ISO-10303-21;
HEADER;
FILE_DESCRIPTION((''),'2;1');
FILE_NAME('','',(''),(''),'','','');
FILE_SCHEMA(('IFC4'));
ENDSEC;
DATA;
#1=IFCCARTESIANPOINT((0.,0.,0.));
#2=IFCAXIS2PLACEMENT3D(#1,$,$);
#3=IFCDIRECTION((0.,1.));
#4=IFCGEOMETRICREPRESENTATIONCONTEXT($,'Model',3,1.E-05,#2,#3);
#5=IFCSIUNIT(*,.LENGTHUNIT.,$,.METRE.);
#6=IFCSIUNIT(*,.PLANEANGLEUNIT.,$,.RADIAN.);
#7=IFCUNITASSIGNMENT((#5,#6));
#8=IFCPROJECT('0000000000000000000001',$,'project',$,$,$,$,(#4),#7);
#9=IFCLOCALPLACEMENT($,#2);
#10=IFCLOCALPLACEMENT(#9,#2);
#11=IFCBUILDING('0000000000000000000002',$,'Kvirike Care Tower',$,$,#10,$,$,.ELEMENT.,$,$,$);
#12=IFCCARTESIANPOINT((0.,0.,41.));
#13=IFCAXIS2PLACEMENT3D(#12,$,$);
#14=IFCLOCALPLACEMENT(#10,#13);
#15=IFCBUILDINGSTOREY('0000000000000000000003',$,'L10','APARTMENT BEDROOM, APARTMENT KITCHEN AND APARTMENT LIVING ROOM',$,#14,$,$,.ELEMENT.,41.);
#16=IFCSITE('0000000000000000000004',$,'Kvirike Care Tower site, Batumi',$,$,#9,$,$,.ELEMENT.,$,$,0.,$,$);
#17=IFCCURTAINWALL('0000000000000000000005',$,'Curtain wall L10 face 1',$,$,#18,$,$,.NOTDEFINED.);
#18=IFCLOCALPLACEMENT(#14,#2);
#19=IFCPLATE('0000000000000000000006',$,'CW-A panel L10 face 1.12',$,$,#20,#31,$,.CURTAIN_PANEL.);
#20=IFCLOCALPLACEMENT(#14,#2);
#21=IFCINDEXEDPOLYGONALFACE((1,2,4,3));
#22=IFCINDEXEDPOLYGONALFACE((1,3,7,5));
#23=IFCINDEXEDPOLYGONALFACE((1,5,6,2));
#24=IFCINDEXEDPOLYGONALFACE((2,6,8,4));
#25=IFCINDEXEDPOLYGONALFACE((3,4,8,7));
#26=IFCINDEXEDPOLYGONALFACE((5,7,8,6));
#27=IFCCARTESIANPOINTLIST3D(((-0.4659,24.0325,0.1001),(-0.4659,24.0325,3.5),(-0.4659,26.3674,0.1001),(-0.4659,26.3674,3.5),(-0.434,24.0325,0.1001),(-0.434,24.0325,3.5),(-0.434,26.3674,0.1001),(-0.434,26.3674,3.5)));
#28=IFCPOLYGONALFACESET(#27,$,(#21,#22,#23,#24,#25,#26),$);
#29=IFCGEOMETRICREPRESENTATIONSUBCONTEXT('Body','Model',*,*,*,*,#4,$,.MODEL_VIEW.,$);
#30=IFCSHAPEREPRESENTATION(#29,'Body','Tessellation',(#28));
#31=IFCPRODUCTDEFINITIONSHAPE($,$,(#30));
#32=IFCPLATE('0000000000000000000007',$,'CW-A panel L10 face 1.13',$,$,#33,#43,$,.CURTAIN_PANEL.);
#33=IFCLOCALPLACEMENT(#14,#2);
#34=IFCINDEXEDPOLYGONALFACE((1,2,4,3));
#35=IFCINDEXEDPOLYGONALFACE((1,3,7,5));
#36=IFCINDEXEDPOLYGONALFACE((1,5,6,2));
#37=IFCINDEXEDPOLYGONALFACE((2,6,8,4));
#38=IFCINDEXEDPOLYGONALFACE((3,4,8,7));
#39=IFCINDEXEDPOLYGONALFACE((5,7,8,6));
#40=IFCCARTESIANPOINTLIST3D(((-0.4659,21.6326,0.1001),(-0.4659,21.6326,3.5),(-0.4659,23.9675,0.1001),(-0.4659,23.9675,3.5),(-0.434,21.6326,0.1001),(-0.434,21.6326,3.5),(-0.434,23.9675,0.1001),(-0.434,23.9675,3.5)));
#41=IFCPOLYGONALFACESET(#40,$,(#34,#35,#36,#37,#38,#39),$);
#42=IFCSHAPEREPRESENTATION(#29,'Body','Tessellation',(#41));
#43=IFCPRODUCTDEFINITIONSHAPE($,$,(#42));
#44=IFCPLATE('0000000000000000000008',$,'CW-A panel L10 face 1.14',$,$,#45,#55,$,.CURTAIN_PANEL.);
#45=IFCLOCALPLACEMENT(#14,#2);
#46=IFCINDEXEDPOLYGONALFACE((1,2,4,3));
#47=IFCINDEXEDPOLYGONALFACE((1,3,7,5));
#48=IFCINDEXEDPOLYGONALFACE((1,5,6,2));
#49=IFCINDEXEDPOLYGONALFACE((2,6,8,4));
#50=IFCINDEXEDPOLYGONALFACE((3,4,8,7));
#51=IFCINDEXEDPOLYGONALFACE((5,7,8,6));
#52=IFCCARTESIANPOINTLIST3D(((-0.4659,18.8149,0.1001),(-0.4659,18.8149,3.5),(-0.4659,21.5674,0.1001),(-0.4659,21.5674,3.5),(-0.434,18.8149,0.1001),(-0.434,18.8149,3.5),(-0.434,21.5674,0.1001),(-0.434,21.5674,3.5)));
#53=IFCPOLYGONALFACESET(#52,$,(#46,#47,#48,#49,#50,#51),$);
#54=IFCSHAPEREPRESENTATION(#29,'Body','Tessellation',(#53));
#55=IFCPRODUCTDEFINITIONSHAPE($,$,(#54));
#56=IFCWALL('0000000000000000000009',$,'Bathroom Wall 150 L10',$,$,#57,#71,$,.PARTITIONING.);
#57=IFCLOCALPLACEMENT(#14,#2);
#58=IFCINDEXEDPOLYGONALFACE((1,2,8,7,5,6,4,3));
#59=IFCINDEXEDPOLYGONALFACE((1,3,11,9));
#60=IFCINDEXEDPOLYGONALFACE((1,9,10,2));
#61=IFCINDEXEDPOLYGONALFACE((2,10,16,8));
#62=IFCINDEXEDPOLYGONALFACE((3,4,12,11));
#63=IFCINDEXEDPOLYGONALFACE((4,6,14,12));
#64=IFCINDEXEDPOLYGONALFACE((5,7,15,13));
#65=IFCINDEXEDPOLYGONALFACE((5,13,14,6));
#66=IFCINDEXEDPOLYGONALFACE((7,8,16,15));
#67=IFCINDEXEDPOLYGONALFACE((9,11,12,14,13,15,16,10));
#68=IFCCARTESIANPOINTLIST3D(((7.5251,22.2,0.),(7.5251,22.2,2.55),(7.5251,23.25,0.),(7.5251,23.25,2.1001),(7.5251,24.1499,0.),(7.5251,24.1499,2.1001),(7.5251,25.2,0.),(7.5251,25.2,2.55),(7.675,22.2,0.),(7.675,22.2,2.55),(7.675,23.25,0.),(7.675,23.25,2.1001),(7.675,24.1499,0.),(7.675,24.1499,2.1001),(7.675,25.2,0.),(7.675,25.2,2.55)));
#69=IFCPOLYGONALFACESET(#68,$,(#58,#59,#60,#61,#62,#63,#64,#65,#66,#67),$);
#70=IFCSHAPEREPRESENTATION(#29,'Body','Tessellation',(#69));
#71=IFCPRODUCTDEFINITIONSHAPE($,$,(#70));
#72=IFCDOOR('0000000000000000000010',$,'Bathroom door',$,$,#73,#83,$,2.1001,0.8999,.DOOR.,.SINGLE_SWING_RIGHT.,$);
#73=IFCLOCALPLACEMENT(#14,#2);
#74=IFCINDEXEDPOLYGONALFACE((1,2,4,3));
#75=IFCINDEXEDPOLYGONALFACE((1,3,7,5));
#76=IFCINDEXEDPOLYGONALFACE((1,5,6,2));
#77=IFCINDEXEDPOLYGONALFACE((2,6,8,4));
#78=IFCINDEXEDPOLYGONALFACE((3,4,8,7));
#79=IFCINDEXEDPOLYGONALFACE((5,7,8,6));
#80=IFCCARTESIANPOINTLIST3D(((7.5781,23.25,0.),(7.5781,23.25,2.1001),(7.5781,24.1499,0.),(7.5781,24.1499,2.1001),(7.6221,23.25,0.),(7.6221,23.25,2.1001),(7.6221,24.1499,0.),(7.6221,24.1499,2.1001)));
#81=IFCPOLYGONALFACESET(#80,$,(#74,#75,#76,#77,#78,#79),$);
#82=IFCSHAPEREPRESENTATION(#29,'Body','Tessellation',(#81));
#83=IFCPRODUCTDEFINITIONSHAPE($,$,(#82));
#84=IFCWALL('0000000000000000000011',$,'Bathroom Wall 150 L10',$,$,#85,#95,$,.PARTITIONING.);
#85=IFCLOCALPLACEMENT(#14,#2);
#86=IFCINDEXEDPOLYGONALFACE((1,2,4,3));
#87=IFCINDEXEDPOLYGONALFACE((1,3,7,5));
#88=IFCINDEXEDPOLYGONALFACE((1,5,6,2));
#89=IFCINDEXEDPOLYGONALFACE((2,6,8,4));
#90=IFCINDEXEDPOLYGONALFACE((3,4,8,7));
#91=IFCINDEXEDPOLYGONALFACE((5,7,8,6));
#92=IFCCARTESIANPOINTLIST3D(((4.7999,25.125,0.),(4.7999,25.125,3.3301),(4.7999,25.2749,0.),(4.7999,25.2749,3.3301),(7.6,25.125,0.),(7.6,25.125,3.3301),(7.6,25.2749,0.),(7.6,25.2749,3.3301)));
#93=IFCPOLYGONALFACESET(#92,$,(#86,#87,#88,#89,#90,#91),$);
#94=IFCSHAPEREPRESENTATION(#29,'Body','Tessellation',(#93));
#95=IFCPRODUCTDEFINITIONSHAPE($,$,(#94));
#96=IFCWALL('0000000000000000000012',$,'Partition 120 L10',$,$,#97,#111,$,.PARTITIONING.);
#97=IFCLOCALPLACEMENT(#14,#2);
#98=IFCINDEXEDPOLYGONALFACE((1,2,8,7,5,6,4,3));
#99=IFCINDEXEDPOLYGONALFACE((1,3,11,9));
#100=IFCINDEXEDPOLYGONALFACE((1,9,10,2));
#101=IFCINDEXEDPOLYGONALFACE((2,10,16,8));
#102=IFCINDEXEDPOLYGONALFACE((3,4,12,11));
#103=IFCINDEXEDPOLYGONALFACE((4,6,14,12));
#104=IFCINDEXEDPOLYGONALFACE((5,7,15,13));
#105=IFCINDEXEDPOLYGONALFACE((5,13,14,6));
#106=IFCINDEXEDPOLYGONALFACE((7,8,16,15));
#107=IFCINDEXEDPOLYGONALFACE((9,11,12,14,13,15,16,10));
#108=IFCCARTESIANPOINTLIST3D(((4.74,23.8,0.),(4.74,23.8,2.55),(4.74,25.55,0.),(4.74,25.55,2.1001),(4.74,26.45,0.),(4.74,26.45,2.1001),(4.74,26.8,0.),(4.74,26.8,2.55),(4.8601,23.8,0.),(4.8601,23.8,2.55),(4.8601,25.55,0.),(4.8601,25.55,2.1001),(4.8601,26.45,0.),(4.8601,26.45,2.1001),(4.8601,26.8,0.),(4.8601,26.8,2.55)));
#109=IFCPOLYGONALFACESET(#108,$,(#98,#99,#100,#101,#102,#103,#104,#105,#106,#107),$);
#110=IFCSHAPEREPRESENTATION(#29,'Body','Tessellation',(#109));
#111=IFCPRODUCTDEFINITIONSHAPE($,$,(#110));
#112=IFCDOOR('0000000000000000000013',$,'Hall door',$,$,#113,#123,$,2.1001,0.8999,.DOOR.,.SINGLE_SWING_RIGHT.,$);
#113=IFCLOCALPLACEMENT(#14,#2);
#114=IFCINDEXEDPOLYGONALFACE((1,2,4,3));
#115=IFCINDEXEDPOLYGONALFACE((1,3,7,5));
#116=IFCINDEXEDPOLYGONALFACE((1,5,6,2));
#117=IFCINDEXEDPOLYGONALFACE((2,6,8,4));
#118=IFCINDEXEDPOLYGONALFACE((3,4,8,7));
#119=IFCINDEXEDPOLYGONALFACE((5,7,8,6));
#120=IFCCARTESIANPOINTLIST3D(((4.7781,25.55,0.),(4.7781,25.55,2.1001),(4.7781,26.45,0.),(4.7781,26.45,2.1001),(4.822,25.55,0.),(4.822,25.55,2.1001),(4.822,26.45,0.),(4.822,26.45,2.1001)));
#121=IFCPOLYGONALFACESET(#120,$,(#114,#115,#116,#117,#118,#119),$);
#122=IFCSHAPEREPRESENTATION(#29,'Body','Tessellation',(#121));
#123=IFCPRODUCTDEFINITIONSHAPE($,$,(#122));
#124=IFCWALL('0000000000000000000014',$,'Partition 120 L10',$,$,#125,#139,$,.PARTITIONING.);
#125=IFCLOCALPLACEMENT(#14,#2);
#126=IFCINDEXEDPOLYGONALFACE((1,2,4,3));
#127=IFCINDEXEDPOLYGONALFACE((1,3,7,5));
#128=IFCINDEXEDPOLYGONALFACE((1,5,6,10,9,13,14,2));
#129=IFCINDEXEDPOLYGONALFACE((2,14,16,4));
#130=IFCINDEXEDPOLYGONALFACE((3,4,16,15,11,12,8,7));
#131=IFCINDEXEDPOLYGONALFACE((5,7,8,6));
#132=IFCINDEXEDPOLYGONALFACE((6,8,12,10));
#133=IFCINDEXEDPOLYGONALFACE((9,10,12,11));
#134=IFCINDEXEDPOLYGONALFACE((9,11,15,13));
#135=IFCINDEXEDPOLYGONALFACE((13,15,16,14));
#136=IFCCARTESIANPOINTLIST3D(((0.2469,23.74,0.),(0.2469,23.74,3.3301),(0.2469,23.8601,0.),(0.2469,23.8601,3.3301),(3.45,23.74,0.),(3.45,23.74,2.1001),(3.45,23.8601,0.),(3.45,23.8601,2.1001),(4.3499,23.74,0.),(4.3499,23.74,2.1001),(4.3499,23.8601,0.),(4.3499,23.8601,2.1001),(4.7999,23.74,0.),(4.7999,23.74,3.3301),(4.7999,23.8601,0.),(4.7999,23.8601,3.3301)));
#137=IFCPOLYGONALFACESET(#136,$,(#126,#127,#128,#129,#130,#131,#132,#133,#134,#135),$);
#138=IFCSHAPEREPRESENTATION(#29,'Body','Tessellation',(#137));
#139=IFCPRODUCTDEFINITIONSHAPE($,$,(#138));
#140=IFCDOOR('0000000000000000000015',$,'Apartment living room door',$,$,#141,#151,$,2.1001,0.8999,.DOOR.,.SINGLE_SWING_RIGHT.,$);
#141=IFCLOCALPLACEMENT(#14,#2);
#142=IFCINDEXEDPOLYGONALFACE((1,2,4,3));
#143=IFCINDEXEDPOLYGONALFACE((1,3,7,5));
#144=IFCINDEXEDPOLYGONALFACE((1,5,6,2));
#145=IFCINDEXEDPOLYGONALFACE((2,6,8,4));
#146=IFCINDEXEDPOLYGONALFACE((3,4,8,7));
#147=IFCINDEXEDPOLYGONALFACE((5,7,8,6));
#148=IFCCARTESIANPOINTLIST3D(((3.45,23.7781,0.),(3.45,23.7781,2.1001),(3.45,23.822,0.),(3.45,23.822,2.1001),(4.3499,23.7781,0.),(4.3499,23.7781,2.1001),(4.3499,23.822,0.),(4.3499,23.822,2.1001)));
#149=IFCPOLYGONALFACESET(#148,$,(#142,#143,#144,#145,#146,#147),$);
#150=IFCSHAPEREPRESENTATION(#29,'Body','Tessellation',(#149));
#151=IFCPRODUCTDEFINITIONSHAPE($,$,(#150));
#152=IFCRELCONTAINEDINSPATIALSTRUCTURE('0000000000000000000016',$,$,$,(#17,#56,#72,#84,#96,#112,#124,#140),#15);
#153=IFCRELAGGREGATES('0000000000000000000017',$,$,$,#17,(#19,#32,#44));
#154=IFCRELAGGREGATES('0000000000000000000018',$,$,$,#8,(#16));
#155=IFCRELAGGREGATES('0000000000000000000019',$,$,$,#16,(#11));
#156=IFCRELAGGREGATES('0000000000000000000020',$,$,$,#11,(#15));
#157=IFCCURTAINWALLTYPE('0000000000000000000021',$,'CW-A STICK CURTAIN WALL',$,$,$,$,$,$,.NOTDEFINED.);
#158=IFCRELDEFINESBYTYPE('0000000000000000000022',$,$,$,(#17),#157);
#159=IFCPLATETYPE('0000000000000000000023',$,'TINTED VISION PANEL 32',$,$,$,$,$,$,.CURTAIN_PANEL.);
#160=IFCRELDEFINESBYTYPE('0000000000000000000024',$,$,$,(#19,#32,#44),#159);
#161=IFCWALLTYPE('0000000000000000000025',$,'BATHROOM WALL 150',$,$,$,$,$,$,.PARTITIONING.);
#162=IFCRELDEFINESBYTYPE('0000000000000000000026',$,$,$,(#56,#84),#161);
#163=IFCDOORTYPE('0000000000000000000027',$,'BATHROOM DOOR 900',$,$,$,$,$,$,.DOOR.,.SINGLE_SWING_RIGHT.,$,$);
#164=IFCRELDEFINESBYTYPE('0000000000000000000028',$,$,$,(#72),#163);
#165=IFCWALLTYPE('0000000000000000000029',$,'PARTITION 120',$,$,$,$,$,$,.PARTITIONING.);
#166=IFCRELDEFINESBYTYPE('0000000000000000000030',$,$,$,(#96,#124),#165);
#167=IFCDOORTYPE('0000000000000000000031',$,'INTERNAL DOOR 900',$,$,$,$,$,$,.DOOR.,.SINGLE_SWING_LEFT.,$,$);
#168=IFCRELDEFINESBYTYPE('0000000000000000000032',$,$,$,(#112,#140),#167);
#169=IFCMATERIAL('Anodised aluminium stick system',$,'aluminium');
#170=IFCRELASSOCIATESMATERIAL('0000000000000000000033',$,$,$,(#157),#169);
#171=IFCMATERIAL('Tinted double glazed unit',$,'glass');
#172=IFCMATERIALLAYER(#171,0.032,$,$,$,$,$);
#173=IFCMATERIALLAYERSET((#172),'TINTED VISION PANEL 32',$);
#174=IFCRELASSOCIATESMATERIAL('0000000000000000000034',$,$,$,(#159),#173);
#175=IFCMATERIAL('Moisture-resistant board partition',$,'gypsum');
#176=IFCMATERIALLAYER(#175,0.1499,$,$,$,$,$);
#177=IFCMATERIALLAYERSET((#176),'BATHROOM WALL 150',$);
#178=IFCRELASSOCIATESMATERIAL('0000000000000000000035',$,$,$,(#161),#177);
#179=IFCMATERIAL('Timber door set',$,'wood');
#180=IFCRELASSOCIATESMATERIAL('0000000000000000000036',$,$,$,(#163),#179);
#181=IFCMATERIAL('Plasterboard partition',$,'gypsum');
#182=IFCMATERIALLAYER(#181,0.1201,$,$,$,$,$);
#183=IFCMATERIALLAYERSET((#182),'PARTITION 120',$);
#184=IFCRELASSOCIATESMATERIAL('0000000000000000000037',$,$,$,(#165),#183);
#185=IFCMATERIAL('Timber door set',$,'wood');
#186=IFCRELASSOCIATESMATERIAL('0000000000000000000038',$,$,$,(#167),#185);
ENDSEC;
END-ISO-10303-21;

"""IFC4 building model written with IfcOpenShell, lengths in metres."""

from ifc_helpers import new_model, si_unit, direction, frame, frame_2d, origin, origin_2d, place, context, subcontext, project, spatial, rectangle, extrude, material, layer, layer_set, type_object, element, fill, aggregate, save


model = new_model("IFC4")

# Units and contexts
model_context = context("Model", 3, precision=1e-05, world=origin(), true_north=direction((0.0, 1.0)))
body_context = subcontext(model_context, "Body", "Model", "MODEL_VIEW")
ifc_project = project(units=[si_unit("LENGTHUNIT", "METRE"), si_unit("PLANEANGLEUNIT", "RADIAN")], contexts=[model_context])

# Site, building, storey
site_placement = place(None, origin())
site = spatial("IfcSite", under=ifc_project, at=site_placement, Name="Kvirike Care Tower site, Batumi", CompositionType="ELEMENT", RefElevation=0.0)
building_placement = place(site_placement, origin())
building = spatial("IfcBuilding", under=site, at=building_placement, Name="Kvirike Care Tower", CompositionType="ELEMENT")
storey_placement = place(building_placement, frame((0.0, 0.0, 41.0)))
storey = spatial("IfcBuildingStorey", under=building, at=storey_placement, Name="L10", Description="APARTMENT BEDROOM, APARTMENT KITCHEN AND APARTMENT LIVING ROOM", CompositionType="ELEMENT", Elevation=41.0)

# Curtain wall
ifc_material_1 = material(Name="Anodised aluminium stick system", Category="aluminium")
curtain_wall_type = type_object("IfcCurtainWallType", Name="CW-A STICK CURTAIN WALL", PredefinedType="NOTDEFINED", material=ifc_material_1)
curtain_wall_placement = place(storey_placement, origin())
curtain_wall = element("IfcCurtainWall", 1, at=curtain_wall_placement, inside=storey, type_object=curtain_wall_type, Name="Curtain wall L10 face 1", PredefinedType="NOTDEFINED")

# Plates
ifc_material_2 = material(Name="Tinted double glazed unit", Category="glass")
ifc_layer_1 = layer(ifc_material_2, 0.032)
ifc_layer_set_1 = layer_set([ifc_layer_1], Name="TINTED VISION PANEL 32")
plate_type = type_object("IfcPlateType", Name="TINTED VISION PANEL 32", PredefinedType="CURTAIN_PANEL", material=ifc_layer_set_1)
plate_1_placement = place(storey_placement, frame((-0.45, 25.2, 0.1001), z_axis=(0.0, 0.0, 1.0), x_axis=(0.0, -1.0, 0.0)))
plate_1 = element("IfcPlate", 2, at=plate_1_placement, type_object=plate_type, Name="CW-A panel L10 face 1.12", PredefinedType="CURTAIN_PANEL", context=body_context, shape_type="SweptSolid", body=[
    extrude(rectangle(XDim=2.335, YDim=0.032, at=origin_2d()), origin(), (0.0, 0.0, 1.0), 3.3999),
])
plate_2_placement = place(storey_placement, frame((-0.45, 22.8, 0.1001), z_axis=(0.0, 0.0, 1.0), x_axis=(0.0, -1.0, 0.0)))
plate_2 = element("IfcPlate", 3, at=plate_2_placement, type_object=plate_type, Name="CW-A panel L10 face 1.13", PredefinedType="CURTAIN_PANEL", context=body_context, shape_type="SweptSolid", body=[
    extrude(rectangle(XDim=2.335, YDim=0.032, at=origin_2d()), origin(), (0.0, 0.0, 1.0), 3.3999),
])
plate_3_placement = place(storey_placement, frame((-0.45, 20.1912, 0.1001), z_axis=(0.0, 0.0, 1.0), x_axis=(0.0, -1.0, 0.0)))
plate_3 = element("IfcPlate", 4, at=plate_3_placement, type_object=plate_type, Name="CW-A panel L10 face 1.14", PredefinedType="CURTAIN_PANEL", context=body_context, shape_type="SweptSolid", body=[
    extrude(rectangle(XDim=2.7524, YDim=0.032, at=origin_2d()), origin(), (0.0, 0.0, 1.0), 3.3999),
])
aggregate(curtain_wall, [plate_1, plate_2, plate_3])

# Wall, opening, door
ifc_material_3 = material(Name="Moisture-resistant board partition", Category="gypsum")
ifc_layer_2 = layer(ifc_material_3, 0.1499)
ifc_layer_set_2 = layer_set([ifc_layer_2], Name="BATHROOM WALL 150")
wall_type_1 = type_object("IfcWallType", Name="BATHROOM WALL 150", PredefinedType="PARTITIONING", material=ifc_layer_set_2)
wall_1_placement = place(storey_placement, frame((7.6001, 22.2, 0.0), z_axis=(0.0, 0.0, 1.0), x_axis=(0.0, 1.0, 0.0)))
wall_1 = element("IfcWall", 5, at=wall_1_placement, inside=storey, type_object=wall_type_1, Name="Bathroom Wall 150 L10", PredefinedType="PARTITIONING", context=body_context, shape_type="SweptSolid", body=[
    extrude(rectangle(XDim=3.0, YDim=0.1499, at=frame_2d((1.5, 0.0))), origin(), (0.0, 0.0, 1.0), 2.55),
])
opening_1_placement = place(wall_1_placement, frame((1.05, 0.0, 0.0)))
opening_1 = element("IfcOpeningElement", 6, at=opening_1_placement, cuts=wall_1, PredefinedType="OPENING", context=body_context, shape_type="SweptSolid", body=[
    extrude(rectangle(XDim=0.8999, YDim=2.1001, at=frame_2d((0.45, 1.05))), frame((0.0, 0.0854, 0.0), z_axis=(0.0, -1.0, 0.0), x_axis=(1.0, 0.0, 0.0)), (0.0, 0.0, 1.0), 0.1709),
])
ifc_material_4 = material(Name="Timber door set", Category="wood")
door_type_1 = type_object("IfcDoorType", Name="BATHROOM DOOR 900", OperationType="SINGLE_SWING_RIGHT", PredefinedType="DOOR", material=ifc_material_4)
door_1_placement = place(opening_1_placement, origin())
door_1 = element("IfcDoor", 7, at=door_1_placement, inside=storey, type_object=door_type_1, Name="Bathroom door", OperationType="SINGLE_SWING_RIGHT", OverallHeight=2.1001, OverallWidth=0.8999, PredefinedType="DOOR", context=body_context, shape_type="SweptSolid", body=[
    extrude(rectangle(XDim=0.8999, YDim=2.1001, at=frame_2d((0.45, 1.05))), frame((0.0, 0.022, 0.0), z_axis=(0.0, -1.0, 0.0), x_axis=(1.0, 0.0, 0.0)), (0.0, 0.0, 1.0), 0.0439),
])
fill(opening_1, door_1)

# Wall
wall_2_placement = place(storey_placement, frame((4.8, 25.2, 0.0), z_axis=(0.0, 0.0, 1.0), x_axis=(1.0, 0.0, 0.0)))
element("IfcWall", 8, at=wall_2_placement, inside=storey, type_object=wall_type_1, Name="Bathroom Wall 150 L10", PredefinedType="PARTITIONING", context=body_context, shape_type="SweptSolid", body=[
    extrude(rectangle(XDim=2.8, YDim=0.1499, at=frame_2d((1.3999, 0.0))), origin(), (0.0, 0.0, 1.0), 3.3301),
])

# Walls, openings, doors
ifc_material_5 = material(Name="Plasterboard partition", Category="gypsum")
ifc_layer_3 = layer(ifc_material_5, 0.1201)
ifc_layer_set_3 = layer_set([ifc_layer_3], Name="PARTITION 120")
wall_type_2 = type_object("IfcWallType", Name="PARTITION 120", PredefinedType="PARTITIONING", material=ifc_layer_set_3)
wall_3_placement = place(storey_placement, frame((4.8, 23.8, 0.0), z_axis=(0.0, 0.0, 1.0), x_axis=(0.0, 1.0, 0.0)))
wall_3 = element("IfcWall", 9, at=wall_3_placement, inside=storey, type_object=wall_type_2, Name="Partition 120 L10", PredefinedType="PARTITIONING", context=body_context, shape_type="SweptSolid", body=[
    extrude(rectangle(XDim=3.0, YDim=0.1201, at=frame_2d((1.5, 0.0))), origin(), (0.0, 0.0, 1.0), 2.55),
])
opening_2_placement = place(wall_3_placement, frame((1.75, 0.0, 0.0)))
opening_2 = element("IfcOpeningElement", 10, at=opening_2_placement, cuts=wall_3, PredefinedType="OPENING", context=body_context, shape_type="SweptSolid", body=[
    extrude(rectangle(XDim=0.8999, YDim=2.1001, at=frame_2d((0.45, 1.05))), frame((0.0, 0.0706, 0.0), z_axis=(0.0, -1.0, 0.0), x_axis=(1.0, 0.0, 0.0)), (0.0, 0.0, 1.0), 0.1411),
])
ifc_material_6 = material(Name="Timber door set", Category="wood")
door_type_2 = type_object("IfcDoorType", Name="INTERNAL DOOR 900", OperationType="SINGLE_SWING_LEFT", PredefinedType="DOOR", material=ifc_material_6)
door_2_placement = place(opening_2_placement, origin())
door_2 = element("IfcDoor", 11, at=door_2_placement, inside=storey, type_object=door_type_2, Name="Hall door", OperationType="SINGLE_SWING_RIGHT", OverallHeight=2.1001, OverallWidth=0.8999, PredefinedType="DOOR", context=body_context, shape_type="SweptSolid", body=[
    extrude(rectangle(XDim=0.8999, YDim=2.1001, at=frame_2d((0.45, 1.05))), frame((0.0, 0.022, 0.0), z_axis=(0.0, -1.0, 0.0), x_axis=(1.0, 0.0, 0.0)), (0.0, 0.0, 1.0), 0.0439),
])
fill(opening_2, door_2)
wall_4_placement = place(storey_placement, frame((0.2471, 23.8, 0.0), z_axis=(0.0, 0.0, 1.0), x_axis=(1.0, 0.0, 0.0)))
wall_4 = element("IfcWall", 12, at=wall_4_placement, inside=storey, type_object=wall_type_2, Name="Partition 120 L10", PredefinedType="PARTITIONING", context=body_context, shape_type="SweptSolid", body=[
    extrude(rectangle(XDim=4.553, YDim=0.1201, at=frame_2d((2.2764, 0.0))), origin(), (0.0, 0.0, 1.0), 3.3301),
])
opening_3_placement = place(wall_4_placement, frame((3.2029, 0.0, 0.0)))
opening_3 = element("IfcOpeningElement", 13, at=opening_3_placement, cuts=wall_4, PredefinedType="OPENING", context=body_context, shape_type="SweptSolid", body=[
    extrude(rectangle(XDim=0.8999, YDim=2.1001, at=frame_2d((0.45, 1.05))), frame((0.0, 0.0706, 0.0), z_axis=(0.0, -1.0, 0.0), x_axis=(1.0, 0.0, 0.0)), (0.0, 0.0, 1.0), 0.1411),
])
door_3_placement = place(opening_3_placement, frame((0.8999, 0.0, 0.0), z_axis=(0.0, 0.0, 1.0), x_axis=(-1.0, 0.0, 0.0)))
door_3 = element("IfcDoor", 14, at=door_3_placement, inside=storey, type_object=door_type_2, Name="Apartment living room door", OperationType="SINGLE_SWING_RIGHT", OverallHeight=2.1001, OverallWidth=0.8999, PredefinedType="DOOR", context=body_context, shape_type="SweptSolid", body=[
    extrude(rectangle(XDim=0.8999, YDim=2.1001, at=frame_2d((0.45, 1.05))), frame((0.0, 0.022, 0.0), z_axis=(0.0, -1.0, 0.0), x_axis=(1.0, 0.0, 0.0)), (0.0, 0.0, 1.0), 0.0439),
])
fill(opening_3, door_3)

save(model, "model.ifc")
